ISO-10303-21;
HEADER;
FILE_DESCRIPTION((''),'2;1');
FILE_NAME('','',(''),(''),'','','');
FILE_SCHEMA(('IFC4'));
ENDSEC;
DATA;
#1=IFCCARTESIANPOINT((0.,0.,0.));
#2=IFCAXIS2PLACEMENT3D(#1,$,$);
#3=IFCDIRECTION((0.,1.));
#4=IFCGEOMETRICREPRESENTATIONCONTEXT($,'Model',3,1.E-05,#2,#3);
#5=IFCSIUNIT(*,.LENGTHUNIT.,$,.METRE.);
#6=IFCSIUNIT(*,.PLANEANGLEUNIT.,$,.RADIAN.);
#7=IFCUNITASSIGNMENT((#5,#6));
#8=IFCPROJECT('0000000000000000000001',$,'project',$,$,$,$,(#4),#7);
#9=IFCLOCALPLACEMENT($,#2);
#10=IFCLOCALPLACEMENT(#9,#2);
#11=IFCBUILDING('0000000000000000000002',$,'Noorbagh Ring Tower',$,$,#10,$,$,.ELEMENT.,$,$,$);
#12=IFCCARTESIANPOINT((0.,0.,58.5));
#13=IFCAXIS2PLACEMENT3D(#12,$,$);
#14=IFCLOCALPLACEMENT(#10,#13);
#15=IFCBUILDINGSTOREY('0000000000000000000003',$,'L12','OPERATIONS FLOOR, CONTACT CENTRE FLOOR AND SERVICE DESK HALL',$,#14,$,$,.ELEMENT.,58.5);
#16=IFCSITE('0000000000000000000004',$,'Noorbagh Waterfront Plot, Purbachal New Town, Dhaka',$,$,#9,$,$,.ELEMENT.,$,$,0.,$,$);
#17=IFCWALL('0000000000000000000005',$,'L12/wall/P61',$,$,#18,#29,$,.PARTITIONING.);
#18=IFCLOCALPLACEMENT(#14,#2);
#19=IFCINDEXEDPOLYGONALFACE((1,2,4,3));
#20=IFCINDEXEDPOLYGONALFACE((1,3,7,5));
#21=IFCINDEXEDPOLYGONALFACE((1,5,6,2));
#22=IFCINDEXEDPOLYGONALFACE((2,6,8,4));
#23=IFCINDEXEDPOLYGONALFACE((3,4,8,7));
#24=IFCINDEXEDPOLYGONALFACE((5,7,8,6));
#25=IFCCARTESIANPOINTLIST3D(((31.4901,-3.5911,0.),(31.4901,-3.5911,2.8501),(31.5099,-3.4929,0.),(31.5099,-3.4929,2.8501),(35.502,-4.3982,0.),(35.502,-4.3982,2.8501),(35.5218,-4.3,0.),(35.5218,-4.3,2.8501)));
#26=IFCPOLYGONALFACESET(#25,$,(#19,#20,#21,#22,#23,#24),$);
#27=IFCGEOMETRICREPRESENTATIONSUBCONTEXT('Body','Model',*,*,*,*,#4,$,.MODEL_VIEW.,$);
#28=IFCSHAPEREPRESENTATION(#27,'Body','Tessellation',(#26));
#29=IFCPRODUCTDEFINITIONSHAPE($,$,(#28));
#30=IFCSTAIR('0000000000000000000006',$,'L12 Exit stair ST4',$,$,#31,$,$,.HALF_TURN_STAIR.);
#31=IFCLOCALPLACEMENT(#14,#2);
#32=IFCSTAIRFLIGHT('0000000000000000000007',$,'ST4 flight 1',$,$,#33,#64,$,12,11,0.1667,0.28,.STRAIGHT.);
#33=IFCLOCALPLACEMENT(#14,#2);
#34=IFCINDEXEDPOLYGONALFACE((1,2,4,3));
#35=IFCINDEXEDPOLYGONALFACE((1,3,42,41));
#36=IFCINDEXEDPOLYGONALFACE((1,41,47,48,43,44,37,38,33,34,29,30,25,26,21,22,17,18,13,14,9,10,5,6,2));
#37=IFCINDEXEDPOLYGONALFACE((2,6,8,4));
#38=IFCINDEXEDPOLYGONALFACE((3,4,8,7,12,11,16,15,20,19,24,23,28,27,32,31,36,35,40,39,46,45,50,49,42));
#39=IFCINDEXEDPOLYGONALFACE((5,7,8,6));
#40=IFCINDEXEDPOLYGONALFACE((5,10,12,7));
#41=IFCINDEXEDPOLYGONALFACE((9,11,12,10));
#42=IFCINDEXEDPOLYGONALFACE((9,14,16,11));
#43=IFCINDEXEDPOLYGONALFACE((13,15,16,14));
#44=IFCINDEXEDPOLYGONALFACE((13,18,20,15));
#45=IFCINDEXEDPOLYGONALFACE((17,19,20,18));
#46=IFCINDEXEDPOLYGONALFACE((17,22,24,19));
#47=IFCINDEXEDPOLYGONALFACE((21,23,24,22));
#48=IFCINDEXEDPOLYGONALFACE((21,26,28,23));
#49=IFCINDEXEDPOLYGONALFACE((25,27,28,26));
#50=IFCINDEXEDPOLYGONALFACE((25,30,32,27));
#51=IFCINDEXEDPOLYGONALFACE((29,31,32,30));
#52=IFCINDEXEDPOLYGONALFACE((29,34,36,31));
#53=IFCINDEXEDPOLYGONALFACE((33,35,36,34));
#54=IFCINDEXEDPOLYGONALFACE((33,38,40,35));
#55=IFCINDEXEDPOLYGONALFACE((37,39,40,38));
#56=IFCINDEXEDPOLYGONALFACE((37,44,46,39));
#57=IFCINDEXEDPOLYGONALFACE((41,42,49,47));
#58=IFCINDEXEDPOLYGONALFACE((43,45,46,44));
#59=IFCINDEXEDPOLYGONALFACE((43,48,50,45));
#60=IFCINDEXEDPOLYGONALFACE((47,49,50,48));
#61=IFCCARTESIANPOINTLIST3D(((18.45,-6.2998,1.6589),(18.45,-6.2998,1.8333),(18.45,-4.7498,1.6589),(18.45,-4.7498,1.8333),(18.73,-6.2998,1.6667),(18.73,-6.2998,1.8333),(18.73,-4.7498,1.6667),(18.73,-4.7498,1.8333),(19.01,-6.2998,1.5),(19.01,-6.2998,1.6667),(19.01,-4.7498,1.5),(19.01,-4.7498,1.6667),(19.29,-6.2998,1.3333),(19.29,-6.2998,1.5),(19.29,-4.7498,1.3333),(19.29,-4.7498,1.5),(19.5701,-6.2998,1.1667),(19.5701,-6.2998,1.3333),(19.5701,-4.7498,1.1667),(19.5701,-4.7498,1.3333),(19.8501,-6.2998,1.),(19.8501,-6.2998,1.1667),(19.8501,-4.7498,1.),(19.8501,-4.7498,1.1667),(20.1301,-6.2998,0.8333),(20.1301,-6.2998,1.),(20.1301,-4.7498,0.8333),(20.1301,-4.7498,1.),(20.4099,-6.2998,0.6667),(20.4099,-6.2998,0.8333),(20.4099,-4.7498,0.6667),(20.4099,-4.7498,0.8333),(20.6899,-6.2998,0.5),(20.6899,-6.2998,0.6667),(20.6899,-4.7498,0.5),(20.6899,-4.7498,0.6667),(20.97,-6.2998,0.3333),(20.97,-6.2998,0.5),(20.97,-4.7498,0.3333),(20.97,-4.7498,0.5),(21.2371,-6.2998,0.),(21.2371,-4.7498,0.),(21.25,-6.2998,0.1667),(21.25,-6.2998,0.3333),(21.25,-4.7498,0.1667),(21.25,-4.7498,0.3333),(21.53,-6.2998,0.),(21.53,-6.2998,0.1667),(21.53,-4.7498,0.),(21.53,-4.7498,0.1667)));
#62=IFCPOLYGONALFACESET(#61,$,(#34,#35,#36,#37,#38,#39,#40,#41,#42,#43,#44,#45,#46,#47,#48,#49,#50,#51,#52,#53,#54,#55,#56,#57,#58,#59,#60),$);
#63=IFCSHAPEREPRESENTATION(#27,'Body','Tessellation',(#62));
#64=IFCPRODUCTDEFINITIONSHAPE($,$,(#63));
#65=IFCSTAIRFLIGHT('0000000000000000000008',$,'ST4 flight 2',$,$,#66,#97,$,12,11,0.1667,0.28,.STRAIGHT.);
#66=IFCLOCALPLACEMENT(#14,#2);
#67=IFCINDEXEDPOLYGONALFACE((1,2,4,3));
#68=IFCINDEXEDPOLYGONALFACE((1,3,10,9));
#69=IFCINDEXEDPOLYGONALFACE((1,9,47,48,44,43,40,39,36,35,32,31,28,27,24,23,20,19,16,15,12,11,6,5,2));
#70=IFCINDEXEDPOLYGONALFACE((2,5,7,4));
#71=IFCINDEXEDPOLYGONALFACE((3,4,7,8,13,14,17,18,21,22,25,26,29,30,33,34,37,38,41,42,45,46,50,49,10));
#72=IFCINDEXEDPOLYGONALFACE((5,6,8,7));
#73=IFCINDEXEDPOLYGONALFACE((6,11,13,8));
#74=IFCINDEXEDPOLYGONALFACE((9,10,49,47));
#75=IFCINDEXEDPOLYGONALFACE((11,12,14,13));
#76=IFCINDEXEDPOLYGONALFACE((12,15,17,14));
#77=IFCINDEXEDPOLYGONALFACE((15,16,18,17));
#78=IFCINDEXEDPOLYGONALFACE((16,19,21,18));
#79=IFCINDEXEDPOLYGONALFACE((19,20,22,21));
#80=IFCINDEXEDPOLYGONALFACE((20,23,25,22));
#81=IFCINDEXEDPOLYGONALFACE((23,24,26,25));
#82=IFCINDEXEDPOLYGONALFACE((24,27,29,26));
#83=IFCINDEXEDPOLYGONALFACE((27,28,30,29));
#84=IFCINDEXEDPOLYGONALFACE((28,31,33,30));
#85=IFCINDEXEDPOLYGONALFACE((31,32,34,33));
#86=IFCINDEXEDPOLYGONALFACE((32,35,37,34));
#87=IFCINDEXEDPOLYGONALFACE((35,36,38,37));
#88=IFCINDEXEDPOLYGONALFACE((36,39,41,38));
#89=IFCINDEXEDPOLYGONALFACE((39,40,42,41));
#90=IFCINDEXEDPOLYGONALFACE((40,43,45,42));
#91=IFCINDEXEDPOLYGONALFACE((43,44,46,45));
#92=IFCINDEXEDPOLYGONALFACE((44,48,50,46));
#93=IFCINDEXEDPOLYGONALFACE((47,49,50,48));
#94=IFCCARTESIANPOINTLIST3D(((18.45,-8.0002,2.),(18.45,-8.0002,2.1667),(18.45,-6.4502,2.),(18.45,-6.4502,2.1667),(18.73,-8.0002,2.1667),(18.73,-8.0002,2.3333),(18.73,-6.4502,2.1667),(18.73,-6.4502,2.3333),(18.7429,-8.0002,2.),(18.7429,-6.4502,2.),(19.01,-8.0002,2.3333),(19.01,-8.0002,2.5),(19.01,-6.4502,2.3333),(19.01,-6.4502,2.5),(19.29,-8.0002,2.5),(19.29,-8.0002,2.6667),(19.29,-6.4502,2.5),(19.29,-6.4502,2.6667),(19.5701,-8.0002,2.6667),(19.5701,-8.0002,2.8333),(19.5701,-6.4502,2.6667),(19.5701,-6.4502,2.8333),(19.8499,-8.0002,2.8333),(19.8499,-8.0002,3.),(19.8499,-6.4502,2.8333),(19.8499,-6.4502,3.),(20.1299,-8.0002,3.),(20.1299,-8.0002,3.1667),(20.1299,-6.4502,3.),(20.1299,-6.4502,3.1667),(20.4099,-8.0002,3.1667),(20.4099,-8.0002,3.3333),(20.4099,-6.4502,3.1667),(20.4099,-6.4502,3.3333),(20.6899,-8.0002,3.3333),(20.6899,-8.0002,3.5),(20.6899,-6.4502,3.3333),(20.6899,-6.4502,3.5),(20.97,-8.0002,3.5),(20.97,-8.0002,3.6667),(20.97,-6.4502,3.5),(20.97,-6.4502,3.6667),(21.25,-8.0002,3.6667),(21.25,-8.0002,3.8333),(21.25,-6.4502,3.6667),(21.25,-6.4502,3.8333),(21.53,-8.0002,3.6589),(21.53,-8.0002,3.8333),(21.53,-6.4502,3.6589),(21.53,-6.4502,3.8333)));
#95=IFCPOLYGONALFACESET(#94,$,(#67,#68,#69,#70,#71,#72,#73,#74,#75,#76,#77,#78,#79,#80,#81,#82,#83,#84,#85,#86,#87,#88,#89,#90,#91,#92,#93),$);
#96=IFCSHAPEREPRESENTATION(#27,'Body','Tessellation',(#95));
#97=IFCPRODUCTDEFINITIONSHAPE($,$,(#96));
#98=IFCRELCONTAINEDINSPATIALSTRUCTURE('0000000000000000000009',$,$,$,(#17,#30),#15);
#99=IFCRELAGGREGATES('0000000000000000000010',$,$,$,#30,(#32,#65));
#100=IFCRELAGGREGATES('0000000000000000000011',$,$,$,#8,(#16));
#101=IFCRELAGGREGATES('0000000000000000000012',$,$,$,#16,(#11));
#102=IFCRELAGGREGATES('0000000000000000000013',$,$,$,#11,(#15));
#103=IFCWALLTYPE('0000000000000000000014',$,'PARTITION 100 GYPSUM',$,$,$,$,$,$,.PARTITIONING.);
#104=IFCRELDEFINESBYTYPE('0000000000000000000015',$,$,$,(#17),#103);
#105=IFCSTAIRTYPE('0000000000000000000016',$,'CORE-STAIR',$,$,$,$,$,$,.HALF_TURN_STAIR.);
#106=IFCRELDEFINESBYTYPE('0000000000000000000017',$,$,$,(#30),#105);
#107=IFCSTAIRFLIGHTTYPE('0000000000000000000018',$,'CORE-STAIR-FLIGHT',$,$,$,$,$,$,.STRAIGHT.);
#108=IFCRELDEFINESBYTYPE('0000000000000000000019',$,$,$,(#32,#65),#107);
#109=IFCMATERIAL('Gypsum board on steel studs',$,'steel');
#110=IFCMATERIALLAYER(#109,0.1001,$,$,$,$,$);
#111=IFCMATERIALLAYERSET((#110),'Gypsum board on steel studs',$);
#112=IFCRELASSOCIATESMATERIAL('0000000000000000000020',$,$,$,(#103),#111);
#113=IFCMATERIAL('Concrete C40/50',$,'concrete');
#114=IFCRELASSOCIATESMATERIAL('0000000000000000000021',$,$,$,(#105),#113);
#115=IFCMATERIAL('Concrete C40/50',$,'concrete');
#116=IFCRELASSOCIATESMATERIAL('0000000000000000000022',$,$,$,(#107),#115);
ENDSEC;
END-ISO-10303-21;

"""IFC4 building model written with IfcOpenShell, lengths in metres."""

from ifc_helpers import new_model, si_unit, direction, frame, frame_2d, origin, place, context, subcontext, project, spatial, polyline, rectangle, outline, extrude, material, layer, layer_set, type_object, element, aggregate, save


model = new_model("IFC4")

# Units and contexts
model_context = context("Model", 3, precision=1e-05, world=origin(), true_north=direction((0.0, 1.0)))
body_context = subcontext(model_context, "Body", "Model", "MODEL_VIEW")
ifc_project = project(units=[si_unit("LENGTHUNIT", "METRE"), si_unit("PLANEANGLEUNIT", "RADIAN")], contexts=[model_context])

# Site, building, storey
site_placement = place(None, origin())
site = spatial("IfcSite", under=ifc_project, at=site_placement, Name="Noorbagh Waterfront Plot, Purbachal New Town, Dhaka", CompositionType="ELEMENT", RefElevation=0.0)
building_placement = place(site_placement, origin())
building = spatial("IfcBuilding", under=site, at=building_placement, Name="Noorbagh Ring Tower", CompositionType="ELEMENT")
storey_placement = place(building_placement, frame((0.0, 0.0, 58.5)))
storey = spatial("IfcBuildingStorey", under=building, at=storey_placement, Name="L12", Description="OPERATIONS FLOOR, CONTACT CENTRE FLOOR AND SERVICE DESK HALL", CompositionType="ELEMENT", Elevation=58.5)

# Wall
ifc_material_1 = material(Name="Gypsum board on steel studs", Category="steel")
ifc_layer_1 = layer(ifc_material_1, 0.1001)
ifc_layer_set_1 = layer_set([ifc_layer_1], Name="Gypsum board on steel studs")
wall_type_1 = type_object("IfcWallType", Name="PARTITION 100 GYPSUM", PredefinedType="PARTITIONING", material=ifc_layer_set_1)
wall_1_placement = place(storey_placement, frame((31.5, -3.542, 0.0), z_axis=(0.0, 0.0, 1.0), x_axis=(0.980357, -0.197229, 0.0)))
element("IfcWall", 1, at=wall_1_placement, inside=storey, type_object=wall_type_1, Name="L12/wall/P61", PredefinedType="PARTITIONING", context=body_context, shape_type="SweptSolid", body=[
    extrude(rectangle(XDim=4.0923, YDim=0.1001, at=frame_2d((2.0461, 0.0))), origin(), (0.0, 0.0, 1.0), 2.8501),
])

# Stair, stair flights
ifc_material_2 = material(Name="Concrete C40/50", Category="concrete")
stair_type = type_object("IfcStairType", Name="CORE-STAIR", PredefinedType="HALF_TURN_STAIR", material=ifc_material_2)
stair_placement = place(storey_placement, origin())
stair = element("IfcStair", 2, at=stair_placement, inside=storey, type_object=stair_type, Name="L12 Exit stair ST4", PredefinedType="HALF_TURN_STAIR")
ifc_material_3 = material(Name="Concrete C40/50", Category="concrete")
stair_flight_type = type_object("IfcStairFlightType", Name="CORE-STAIR-FLIGHT", PredefinedType="STRAIGHT", material=ifc_material_3)
stair_flight_1_placement = place(storey_placement, frame((21.53, -5.5249, 0.0), z_axis=(0.0, 0.0, 1.0), x_axis=(-1.0, 0.0, 0.0)))
stair_flight_1 = element("IfcStairFlight", 3, at=stair_flight_1_placement, type_object=stair_flight_type, Name="ST4 flight 1", NumberOfRisers=12, NumberOfTreads=11, PredefinedType="STRAIGHT", RiserHeight=0.1667, TreadLength=0.28, context=body_context, shape_type="SweptSolid", body=[
    extrude(outline(polyline([(0.0, 0.0), (0.0, 0.1667), (0.28, 0.1667), (0.28, 0.3333), (0.5601, 0.3333), (0.5601, 0.5), (0.8401, 0.5), (0.8401, 0.6667), (1.1201, 0.6667), (1.1201, 0.8333), (1.3999, 0.8333), (1.3999, 1.0), (1.6799, 1.0), (1.6799, 1.1667), (1.96, 1.1667), (1.96, 1.3333), (2.24, 1.3333), (2.24, 1.5), (2.52, 1.5), (2.52, 1.6667), (2.8, 1.6667), (2.8, 1.8333), (3.0801, 1.8333), (3.0801, 2.0), (3.0801, 1.6589), (0.293, 0.0), (0.0, 0.0)])), frame((0.0, 0.7749, 0.0), z_axis=(0.0, -1.0, 0.0), x_axis=(1.0, 0.0, 0.0)), (0.0, 0.0, 1.0), 1.55),
])
stair_flight_2_placement = place(storey_placement, frame((18.45, -7.2251, 2.0), z_axis=(0.0, 0.0, 1.0), x_axis=(1.0, 0.0, 0.0)))
stair_flight_2 = element("IfcStairFlight", 4, at=stair_flight_2_placement, type_object=stair_flight_type, Name="ST4 flight 2", NumberOfRisers=12, NumberOfTreads=11, PredefinedType="STRAIGHT", RiserHeight=0.1667, TreadLength=0.28, context=body_context, shape_type="SweptSolid", body=[
    extrude(outline(polyline([(0.0, 0.0), (0.0, 0.1667), (0.28, 0.1667), (0.28, 0.3333), (0.5601, 0.3333), (0.5601, 0.5), (0.8401, 0.5), (0.8401, 0.6667), (1.1201, 0.6667), (1.1201, 0.8333), (1.3999, 0.8333), (1.3999, 1.0), (1.6799, 1.0), (1.6799, 1.1667), (1.96, 1.1667), (1.96, 1.3333), (2.24, 1.3333), (2.24, 1.5), (2.52, 1.5), (2.52, 1.6667), (2.8, 1.6667), (2.8, 1.8333), (3.0801, 1.8333), (3.0801, 2.0), (3.0801, 1.6589), (0.293, 0.0), (0.0, 0.0)])), frame((0.0, 0.7749, 0.0), z_axis=(0.0, -1.0, 0.0), x_axis=(1.0, 0.0, 0.0)), (0.0, 0.0, 1.0), 1.55),
])
aggregate(stair, [stair_flight_1, stair_flight_2])

save(model, "model.ifc")
